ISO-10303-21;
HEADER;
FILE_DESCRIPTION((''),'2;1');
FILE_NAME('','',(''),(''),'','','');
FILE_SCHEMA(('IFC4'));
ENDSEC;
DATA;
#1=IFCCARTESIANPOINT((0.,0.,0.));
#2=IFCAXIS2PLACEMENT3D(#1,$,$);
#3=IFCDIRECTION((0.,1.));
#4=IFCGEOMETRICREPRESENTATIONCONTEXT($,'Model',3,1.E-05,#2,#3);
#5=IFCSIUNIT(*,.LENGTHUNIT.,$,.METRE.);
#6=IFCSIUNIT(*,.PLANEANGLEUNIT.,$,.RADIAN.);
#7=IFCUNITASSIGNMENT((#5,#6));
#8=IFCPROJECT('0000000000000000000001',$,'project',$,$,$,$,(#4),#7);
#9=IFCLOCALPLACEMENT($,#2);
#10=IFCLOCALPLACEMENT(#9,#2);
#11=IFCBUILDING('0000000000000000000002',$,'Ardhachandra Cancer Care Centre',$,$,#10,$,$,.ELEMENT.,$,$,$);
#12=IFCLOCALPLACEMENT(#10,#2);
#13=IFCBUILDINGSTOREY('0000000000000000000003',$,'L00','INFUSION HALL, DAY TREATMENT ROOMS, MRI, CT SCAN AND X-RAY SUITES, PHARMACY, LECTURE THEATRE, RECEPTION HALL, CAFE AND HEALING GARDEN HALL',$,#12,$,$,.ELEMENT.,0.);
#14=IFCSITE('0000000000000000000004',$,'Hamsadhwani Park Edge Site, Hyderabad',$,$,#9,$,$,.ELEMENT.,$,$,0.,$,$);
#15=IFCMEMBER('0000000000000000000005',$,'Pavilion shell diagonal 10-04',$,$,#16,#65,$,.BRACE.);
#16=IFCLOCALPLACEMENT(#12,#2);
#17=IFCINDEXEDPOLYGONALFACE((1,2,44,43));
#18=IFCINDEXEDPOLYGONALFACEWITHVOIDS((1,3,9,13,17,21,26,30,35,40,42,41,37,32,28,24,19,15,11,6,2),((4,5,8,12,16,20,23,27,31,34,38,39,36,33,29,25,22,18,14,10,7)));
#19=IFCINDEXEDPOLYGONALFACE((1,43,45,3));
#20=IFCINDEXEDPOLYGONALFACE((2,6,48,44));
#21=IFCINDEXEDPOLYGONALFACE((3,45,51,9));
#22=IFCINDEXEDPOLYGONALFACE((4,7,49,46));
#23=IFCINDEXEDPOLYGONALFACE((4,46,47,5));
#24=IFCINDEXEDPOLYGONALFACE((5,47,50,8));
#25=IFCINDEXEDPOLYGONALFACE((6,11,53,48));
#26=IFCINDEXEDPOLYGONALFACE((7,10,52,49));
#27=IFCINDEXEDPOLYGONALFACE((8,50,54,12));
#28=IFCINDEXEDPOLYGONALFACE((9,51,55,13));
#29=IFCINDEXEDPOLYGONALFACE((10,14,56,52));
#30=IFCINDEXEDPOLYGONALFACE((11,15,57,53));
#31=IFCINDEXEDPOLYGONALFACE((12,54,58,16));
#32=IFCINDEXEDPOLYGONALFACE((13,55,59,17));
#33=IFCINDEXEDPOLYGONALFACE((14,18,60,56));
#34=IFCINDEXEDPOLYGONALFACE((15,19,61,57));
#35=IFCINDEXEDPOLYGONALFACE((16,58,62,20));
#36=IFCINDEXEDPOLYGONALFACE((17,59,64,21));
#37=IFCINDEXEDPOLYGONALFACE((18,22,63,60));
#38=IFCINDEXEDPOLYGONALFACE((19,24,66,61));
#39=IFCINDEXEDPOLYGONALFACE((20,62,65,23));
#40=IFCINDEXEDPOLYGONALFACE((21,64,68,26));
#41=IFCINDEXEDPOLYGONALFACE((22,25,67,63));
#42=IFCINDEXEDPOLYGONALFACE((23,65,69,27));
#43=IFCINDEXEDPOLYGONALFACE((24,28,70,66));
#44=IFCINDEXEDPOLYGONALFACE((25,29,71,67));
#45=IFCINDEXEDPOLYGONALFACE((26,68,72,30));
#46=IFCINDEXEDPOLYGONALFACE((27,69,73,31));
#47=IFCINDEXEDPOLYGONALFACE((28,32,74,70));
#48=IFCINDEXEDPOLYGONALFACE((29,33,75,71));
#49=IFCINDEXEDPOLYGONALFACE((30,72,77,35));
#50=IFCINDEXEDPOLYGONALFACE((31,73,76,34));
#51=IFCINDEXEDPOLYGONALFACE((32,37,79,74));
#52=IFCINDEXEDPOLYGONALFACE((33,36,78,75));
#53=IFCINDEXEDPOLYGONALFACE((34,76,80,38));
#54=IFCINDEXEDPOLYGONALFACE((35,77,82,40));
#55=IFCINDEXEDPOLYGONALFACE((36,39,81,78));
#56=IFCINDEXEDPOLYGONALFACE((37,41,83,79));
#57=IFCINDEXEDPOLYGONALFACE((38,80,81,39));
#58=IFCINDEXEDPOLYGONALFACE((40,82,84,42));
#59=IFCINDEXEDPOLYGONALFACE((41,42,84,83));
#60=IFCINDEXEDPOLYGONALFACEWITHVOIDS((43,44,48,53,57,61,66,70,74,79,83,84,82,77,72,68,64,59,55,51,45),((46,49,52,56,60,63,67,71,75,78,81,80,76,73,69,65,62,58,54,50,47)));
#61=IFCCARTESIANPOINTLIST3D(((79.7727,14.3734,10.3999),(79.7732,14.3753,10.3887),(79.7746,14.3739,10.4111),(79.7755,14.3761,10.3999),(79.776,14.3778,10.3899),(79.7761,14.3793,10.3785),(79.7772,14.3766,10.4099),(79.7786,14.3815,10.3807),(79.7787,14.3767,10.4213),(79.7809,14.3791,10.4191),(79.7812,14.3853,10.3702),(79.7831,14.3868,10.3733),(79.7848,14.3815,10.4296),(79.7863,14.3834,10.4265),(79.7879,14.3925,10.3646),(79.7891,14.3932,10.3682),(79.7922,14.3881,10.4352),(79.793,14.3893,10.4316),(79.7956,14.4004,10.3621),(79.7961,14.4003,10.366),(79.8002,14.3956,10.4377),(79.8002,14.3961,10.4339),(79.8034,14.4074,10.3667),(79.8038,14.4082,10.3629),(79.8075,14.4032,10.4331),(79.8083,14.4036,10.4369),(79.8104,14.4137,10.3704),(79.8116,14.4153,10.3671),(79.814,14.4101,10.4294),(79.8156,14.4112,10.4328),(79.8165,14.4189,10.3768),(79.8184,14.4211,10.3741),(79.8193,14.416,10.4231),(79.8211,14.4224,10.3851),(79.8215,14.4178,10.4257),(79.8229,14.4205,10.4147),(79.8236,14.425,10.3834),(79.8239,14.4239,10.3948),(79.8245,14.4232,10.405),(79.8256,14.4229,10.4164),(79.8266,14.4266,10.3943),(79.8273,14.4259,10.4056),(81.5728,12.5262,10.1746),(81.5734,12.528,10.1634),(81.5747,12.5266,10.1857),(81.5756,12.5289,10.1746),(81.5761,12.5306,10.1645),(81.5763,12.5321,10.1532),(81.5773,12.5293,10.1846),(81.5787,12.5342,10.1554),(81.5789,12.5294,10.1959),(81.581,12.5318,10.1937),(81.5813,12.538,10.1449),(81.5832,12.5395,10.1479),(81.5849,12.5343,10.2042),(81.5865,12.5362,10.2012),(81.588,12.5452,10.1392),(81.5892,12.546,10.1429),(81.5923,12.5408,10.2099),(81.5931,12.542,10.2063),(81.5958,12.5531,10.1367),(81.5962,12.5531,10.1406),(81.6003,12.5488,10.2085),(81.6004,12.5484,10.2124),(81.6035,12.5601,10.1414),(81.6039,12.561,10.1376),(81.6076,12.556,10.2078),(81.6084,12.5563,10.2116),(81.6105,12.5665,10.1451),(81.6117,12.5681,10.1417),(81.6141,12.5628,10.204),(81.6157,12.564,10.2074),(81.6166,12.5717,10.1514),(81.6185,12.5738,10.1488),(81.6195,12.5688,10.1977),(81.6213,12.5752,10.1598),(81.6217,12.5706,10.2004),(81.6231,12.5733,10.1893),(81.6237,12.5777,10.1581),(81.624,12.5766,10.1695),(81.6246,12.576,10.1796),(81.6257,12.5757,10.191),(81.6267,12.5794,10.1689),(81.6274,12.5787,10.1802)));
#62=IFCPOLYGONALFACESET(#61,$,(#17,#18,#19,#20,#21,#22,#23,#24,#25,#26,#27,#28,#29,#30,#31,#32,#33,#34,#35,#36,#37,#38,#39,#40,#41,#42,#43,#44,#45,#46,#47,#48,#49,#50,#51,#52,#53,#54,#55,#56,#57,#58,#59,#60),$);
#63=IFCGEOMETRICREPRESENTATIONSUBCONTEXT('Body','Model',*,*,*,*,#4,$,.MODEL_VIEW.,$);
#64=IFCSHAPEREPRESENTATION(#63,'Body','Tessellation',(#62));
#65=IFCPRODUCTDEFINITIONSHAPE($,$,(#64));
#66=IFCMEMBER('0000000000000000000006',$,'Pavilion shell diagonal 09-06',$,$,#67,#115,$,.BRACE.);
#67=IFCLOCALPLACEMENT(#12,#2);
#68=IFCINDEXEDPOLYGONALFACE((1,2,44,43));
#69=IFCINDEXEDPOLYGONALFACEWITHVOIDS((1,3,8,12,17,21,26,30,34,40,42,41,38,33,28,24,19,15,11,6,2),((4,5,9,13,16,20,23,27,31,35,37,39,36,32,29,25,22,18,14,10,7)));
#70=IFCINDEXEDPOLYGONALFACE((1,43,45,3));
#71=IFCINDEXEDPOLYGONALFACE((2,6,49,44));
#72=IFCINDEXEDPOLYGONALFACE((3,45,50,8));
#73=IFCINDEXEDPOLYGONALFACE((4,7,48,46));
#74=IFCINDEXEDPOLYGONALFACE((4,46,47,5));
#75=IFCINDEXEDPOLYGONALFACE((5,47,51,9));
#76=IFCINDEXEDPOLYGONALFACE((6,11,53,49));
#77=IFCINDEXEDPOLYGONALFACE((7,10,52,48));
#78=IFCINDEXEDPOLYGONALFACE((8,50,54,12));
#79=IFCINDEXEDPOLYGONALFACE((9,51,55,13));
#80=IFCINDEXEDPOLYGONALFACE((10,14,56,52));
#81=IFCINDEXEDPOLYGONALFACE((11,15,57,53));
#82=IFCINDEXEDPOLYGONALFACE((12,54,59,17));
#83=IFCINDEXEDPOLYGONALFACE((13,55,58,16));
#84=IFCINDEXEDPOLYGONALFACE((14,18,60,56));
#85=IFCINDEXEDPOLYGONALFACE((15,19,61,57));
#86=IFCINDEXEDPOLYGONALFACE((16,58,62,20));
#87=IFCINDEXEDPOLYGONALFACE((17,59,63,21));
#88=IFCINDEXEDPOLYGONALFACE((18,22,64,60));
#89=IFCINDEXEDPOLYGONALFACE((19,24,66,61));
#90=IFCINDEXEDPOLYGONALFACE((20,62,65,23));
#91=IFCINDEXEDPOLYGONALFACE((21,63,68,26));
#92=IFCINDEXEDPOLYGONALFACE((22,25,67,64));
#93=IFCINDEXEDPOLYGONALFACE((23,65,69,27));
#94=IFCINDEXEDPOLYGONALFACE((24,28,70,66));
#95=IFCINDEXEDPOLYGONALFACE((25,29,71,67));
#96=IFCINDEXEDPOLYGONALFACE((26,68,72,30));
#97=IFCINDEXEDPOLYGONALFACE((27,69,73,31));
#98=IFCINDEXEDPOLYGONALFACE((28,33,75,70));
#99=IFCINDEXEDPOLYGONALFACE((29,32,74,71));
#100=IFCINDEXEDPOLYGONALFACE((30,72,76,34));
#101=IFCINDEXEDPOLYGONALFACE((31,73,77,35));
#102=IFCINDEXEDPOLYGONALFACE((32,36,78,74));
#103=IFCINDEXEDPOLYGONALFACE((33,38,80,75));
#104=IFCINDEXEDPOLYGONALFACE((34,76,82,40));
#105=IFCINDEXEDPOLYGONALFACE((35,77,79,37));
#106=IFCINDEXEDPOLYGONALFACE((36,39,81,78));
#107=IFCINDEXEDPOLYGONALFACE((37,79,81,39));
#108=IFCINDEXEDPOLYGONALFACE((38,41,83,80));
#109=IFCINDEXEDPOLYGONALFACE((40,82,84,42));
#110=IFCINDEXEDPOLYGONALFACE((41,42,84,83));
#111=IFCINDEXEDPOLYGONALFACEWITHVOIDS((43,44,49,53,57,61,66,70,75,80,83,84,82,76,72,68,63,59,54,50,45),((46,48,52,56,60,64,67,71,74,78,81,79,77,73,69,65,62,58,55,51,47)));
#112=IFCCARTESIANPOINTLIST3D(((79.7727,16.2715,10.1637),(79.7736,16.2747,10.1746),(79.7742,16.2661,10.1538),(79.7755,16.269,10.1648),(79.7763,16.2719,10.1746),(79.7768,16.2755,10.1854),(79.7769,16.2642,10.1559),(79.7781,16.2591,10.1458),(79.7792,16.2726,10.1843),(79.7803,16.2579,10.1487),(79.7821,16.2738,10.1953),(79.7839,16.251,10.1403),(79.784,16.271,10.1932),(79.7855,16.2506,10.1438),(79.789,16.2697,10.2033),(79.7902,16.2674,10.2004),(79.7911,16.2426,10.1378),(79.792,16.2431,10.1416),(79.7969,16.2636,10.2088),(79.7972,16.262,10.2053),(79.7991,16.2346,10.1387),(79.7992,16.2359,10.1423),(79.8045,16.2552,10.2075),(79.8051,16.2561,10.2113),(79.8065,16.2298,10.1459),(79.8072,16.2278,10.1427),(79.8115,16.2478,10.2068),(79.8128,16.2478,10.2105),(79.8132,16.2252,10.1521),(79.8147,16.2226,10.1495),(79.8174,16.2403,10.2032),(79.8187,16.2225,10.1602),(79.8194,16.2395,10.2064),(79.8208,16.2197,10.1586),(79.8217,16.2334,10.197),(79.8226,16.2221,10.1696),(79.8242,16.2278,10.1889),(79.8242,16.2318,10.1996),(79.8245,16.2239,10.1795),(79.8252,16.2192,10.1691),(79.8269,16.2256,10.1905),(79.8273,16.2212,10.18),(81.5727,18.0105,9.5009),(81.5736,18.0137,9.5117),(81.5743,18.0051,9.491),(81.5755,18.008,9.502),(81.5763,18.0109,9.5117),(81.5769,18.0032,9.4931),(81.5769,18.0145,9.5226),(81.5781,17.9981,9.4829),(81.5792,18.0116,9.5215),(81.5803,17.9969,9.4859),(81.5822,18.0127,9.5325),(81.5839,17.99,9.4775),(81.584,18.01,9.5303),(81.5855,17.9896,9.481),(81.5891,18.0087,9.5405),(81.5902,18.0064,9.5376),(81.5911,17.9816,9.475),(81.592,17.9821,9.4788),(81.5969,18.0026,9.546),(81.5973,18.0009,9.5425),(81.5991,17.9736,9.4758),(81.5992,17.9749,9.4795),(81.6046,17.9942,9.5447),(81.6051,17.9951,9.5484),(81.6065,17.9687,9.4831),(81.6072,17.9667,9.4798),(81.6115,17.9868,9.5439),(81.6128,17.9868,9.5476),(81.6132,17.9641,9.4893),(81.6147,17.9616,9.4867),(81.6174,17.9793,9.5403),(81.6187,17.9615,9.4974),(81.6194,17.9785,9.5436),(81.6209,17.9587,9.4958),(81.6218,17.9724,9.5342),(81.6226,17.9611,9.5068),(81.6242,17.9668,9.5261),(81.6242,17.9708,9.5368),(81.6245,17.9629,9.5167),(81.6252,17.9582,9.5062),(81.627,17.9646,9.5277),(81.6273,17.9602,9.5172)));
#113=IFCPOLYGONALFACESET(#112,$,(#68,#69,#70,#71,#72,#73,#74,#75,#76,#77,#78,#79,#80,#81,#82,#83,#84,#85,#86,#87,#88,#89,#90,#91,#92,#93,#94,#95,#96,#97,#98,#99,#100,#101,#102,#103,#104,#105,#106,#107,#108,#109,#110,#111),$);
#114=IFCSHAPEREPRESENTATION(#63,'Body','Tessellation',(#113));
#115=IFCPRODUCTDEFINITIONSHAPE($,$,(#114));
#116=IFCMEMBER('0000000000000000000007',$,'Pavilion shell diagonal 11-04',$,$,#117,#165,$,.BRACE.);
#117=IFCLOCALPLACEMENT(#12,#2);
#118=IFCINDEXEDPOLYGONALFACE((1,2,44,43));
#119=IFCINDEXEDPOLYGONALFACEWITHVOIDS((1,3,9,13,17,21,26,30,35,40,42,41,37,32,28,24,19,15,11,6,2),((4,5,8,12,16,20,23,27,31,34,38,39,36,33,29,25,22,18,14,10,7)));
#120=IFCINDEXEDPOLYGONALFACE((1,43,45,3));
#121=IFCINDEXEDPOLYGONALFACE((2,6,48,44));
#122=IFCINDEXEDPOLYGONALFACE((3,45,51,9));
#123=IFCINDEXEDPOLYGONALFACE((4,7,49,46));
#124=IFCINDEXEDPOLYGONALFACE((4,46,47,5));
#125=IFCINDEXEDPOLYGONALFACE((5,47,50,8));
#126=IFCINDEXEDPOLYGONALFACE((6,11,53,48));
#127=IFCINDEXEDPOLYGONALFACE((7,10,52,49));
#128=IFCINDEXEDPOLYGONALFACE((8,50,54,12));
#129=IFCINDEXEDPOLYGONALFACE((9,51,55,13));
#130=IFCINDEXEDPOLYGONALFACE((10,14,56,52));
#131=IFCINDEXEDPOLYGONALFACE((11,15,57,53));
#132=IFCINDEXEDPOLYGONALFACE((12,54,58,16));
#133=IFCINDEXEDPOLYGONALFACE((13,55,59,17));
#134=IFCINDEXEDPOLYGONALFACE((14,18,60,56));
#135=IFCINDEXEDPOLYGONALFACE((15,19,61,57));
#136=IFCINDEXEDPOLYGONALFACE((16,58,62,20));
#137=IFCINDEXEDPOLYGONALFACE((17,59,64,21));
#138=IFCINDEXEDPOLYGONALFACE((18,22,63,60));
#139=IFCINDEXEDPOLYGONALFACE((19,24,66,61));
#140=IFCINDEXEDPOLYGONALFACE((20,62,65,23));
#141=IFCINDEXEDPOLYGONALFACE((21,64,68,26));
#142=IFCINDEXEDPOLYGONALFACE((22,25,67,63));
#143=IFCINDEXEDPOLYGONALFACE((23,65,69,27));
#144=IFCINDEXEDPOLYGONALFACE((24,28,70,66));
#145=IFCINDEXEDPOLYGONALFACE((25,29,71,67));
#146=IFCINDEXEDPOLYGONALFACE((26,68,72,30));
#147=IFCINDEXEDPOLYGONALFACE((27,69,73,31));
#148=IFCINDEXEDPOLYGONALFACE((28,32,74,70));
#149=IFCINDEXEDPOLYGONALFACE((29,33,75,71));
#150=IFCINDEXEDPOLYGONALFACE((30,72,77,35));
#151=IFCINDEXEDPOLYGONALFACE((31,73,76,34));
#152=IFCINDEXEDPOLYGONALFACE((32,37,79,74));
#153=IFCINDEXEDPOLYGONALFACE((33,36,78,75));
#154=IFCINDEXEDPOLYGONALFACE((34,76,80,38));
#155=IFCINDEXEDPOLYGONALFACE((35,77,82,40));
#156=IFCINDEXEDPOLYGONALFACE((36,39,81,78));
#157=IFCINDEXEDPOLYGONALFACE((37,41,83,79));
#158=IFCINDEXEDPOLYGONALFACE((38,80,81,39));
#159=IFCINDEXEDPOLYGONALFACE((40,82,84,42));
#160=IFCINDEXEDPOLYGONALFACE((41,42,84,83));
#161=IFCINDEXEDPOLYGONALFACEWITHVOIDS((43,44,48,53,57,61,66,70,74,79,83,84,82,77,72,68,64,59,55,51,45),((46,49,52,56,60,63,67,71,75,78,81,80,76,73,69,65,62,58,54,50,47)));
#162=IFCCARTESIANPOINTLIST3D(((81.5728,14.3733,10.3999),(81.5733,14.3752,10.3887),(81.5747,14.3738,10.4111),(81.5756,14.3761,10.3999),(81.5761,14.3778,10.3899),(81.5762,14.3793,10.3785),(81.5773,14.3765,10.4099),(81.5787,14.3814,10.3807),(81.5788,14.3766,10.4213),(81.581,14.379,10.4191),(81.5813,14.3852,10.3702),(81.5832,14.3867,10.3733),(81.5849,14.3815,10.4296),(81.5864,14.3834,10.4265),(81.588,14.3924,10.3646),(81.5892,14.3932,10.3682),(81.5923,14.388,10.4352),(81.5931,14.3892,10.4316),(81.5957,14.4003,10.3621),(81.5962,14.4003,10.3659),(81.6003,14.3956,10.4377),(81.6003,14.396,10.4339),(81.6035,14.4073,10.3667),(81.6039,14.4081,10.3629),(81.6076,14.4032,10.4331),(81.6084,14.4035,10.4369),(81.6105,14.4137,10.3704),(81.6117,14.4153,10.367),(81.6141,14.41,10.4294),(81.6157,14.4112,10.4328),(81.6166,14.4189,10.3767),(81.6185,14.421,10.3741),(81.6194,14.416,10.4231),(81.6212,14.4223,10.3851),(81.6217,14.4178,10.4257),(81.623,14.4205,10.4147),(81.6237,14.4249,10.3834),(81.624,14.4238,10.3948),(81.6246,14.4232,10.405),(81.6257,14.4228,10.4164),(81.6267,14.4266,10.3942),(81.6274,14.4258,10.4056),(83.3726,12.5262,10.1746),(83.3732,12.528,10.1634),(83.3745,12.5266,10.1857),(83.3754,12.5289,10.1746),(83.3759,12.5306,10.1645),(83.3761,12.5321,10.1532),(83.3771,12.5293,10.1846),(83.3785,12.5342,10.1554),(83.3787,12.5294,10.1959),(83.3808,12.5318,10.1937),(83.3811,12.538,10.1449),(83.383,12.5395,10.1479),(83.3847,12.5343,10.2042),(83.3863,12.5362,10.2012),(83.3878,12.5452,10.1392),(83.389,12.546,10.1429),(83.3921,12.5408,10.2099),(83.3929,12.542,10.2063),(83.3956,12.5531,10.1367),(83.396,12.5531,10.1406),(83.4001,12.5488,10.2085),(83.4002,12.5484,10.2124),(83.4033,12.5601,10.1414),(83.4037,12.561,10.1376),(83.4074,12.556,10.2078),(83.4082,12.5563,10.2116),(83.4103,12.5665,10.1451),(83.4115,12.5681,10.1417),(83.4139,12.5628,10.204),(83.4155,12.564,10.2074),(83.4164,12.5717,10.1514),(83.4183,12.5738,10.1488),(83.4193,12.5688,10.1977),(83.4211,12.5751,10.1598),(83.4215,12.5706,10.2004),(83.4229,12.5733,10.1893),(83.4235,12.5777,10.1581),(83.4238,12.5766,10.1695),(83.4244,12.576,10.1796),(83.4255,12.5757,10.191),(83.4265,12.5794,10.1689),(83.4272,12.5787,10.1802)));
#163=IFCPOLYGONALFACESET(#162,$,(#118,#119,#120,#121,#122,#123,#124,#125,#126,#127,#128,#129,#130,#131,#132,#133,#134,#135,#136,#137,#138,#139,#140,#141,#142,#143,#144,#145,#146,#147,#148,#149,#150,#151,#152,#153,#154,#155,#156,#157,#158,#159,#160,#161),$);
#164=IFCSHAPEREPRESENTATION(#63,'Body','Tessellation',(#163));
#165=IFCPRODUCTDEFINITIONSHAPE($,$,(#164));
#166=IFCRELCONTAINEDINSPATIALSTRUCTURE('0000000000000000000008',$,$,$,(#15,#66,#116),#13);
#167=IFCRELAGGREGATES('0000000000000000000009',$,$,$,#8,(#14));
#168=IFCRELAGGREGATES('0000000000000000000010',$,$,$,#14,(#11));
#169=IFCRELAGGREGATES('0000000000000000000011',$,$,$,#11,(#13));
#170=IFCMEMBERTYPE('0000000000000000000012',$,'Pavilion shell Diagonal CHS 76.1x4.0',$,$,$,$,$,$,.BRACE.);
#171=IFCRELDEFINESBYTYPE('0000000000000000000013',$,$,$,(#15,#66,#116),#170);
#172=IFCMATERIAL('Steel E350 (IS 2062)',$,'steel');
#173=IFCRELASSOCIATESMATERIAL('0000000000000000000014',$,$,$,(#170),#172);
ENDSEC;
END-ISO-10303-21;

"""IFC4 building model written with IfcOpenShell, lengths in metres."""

from ifc_helpers import new_model, si_unit, direction, frame, origin, origin_2d, place, context, subcontext, project, spatial, hollow_circle, extrude, material, material_profile, profile_set, type_object, element, save


model = new_model("IFC4")

# Units and contexts
model_context = context("Model", 3, precision=1e-05, world=origin(), true_north=direction((0.0, 1.0)))
body_context = subcontext(model_context, "Body", "Model", "MODEL_VIEW")
ifc_project = project(units=[si_unit("LENGTHUNIT", "METRE"), si_unit("PLANEANGLEUNIT", "RADIAN")], contexts=[model_context])

# Site, building, storey
site_placement = place(None, origin())
site = spatial("IfcSite", under=ifc_project, at=site_placement, Name="Hamsadhwani Park Edge Site, Hyderabad", CompositionType="ELEMENT", RefElevation=0.0)
building_placement = place(site_placement, origin())
building = spatial("IfcBuilding", under=site, at=building_placement, Name="Ardhachandra Cancer Care Centre", CompositionType="ELEMENT")
storey_placement = place(building_placement, origin())
storey = spatial("IfcBuildingStorey", under=building, at=storey_placement, Name="L00", Description="INFUSION HALL, DAY TREATMENT ROOMS, MRI, CT SCAN AND X-RAY SUITES, PHARMACY, LECTURE THEATRE, RECEPTION HALL, CAFE AND HEALING GARDEN HALL", CompositionType="ELEMENT", Elevation=0.0)

# Members
ifc_material_1 = material(Name="Steel E350 (IS 2062)", Category="steel")
ifc_material_profile_1 = material_profile(ifc_material_1, hollow_circle(Radius=0.0381, WallThickness=0.0039, at=origin_2d()), Name="CHS 76.1x4.0")
ifc_profile_set_1 = profile_set([ifc_material_profile_1], Name="Steel E350 (IS 2062)")
member_type_1 = type_object("IfcMemberType", Name="Pavilion shell Diagonal CHS 76.1x4.0", PredefinedType="BRACE", material=ifc_profile_set_1)
for number, where, z_axis, x_axis, name in (
    (1, (81.6001, 12.5527, 10.1746), (-0.695265, 0.713464, 0.087038), (-0.716182, -0.697913, 0.0), "Pavilion shell diagonal 10-04"),
    (2, (79.8, 16.2473, 10.1746), (0.695227, 0.671654, -0.256007), (-0.694809, 0.719195, 0.0), "Pavilion shell diagonal 09-06"),
):
    element("IfcMember", number, at=place(storey_placement, frame(where, z_axis=z_axis, x_axis=x_axis)), inside=storey, type_object=member_type_1, Name=name, PredefinedType="BRACE", context=body_context, shape_type="SweptSolid", body=[
        extrude(hollow_circle(Radius=0.0381, WallThickness=0.0039, at=origin_2d()), origin(), (0.0, 0.0, 1.0), 2.5891),
    ])
member_1_placement = place(storey_placement, frame((83.3999, 12.5527, 10.1746), z_axis=(-0.695216, 0.713511, 0.087043), x_axis=(-0.71623, -0.697865, 0.0)))
element("IfcMember", 3, at=member_1_placement, inside=storey, type_object=member_type_1, Name="Pavilion shell diagonal 11-04", PredefinedType="BRACE", context=body_context, shape_type="SweptSolid", body=[
    extrude(hollow_circle(Radius=0.0381, WallThickness=0.0039, at=origin_2d()), origin(), (0.0, 0.0, 1.0), 2.5889),
])

save(model, "model.ifc")
